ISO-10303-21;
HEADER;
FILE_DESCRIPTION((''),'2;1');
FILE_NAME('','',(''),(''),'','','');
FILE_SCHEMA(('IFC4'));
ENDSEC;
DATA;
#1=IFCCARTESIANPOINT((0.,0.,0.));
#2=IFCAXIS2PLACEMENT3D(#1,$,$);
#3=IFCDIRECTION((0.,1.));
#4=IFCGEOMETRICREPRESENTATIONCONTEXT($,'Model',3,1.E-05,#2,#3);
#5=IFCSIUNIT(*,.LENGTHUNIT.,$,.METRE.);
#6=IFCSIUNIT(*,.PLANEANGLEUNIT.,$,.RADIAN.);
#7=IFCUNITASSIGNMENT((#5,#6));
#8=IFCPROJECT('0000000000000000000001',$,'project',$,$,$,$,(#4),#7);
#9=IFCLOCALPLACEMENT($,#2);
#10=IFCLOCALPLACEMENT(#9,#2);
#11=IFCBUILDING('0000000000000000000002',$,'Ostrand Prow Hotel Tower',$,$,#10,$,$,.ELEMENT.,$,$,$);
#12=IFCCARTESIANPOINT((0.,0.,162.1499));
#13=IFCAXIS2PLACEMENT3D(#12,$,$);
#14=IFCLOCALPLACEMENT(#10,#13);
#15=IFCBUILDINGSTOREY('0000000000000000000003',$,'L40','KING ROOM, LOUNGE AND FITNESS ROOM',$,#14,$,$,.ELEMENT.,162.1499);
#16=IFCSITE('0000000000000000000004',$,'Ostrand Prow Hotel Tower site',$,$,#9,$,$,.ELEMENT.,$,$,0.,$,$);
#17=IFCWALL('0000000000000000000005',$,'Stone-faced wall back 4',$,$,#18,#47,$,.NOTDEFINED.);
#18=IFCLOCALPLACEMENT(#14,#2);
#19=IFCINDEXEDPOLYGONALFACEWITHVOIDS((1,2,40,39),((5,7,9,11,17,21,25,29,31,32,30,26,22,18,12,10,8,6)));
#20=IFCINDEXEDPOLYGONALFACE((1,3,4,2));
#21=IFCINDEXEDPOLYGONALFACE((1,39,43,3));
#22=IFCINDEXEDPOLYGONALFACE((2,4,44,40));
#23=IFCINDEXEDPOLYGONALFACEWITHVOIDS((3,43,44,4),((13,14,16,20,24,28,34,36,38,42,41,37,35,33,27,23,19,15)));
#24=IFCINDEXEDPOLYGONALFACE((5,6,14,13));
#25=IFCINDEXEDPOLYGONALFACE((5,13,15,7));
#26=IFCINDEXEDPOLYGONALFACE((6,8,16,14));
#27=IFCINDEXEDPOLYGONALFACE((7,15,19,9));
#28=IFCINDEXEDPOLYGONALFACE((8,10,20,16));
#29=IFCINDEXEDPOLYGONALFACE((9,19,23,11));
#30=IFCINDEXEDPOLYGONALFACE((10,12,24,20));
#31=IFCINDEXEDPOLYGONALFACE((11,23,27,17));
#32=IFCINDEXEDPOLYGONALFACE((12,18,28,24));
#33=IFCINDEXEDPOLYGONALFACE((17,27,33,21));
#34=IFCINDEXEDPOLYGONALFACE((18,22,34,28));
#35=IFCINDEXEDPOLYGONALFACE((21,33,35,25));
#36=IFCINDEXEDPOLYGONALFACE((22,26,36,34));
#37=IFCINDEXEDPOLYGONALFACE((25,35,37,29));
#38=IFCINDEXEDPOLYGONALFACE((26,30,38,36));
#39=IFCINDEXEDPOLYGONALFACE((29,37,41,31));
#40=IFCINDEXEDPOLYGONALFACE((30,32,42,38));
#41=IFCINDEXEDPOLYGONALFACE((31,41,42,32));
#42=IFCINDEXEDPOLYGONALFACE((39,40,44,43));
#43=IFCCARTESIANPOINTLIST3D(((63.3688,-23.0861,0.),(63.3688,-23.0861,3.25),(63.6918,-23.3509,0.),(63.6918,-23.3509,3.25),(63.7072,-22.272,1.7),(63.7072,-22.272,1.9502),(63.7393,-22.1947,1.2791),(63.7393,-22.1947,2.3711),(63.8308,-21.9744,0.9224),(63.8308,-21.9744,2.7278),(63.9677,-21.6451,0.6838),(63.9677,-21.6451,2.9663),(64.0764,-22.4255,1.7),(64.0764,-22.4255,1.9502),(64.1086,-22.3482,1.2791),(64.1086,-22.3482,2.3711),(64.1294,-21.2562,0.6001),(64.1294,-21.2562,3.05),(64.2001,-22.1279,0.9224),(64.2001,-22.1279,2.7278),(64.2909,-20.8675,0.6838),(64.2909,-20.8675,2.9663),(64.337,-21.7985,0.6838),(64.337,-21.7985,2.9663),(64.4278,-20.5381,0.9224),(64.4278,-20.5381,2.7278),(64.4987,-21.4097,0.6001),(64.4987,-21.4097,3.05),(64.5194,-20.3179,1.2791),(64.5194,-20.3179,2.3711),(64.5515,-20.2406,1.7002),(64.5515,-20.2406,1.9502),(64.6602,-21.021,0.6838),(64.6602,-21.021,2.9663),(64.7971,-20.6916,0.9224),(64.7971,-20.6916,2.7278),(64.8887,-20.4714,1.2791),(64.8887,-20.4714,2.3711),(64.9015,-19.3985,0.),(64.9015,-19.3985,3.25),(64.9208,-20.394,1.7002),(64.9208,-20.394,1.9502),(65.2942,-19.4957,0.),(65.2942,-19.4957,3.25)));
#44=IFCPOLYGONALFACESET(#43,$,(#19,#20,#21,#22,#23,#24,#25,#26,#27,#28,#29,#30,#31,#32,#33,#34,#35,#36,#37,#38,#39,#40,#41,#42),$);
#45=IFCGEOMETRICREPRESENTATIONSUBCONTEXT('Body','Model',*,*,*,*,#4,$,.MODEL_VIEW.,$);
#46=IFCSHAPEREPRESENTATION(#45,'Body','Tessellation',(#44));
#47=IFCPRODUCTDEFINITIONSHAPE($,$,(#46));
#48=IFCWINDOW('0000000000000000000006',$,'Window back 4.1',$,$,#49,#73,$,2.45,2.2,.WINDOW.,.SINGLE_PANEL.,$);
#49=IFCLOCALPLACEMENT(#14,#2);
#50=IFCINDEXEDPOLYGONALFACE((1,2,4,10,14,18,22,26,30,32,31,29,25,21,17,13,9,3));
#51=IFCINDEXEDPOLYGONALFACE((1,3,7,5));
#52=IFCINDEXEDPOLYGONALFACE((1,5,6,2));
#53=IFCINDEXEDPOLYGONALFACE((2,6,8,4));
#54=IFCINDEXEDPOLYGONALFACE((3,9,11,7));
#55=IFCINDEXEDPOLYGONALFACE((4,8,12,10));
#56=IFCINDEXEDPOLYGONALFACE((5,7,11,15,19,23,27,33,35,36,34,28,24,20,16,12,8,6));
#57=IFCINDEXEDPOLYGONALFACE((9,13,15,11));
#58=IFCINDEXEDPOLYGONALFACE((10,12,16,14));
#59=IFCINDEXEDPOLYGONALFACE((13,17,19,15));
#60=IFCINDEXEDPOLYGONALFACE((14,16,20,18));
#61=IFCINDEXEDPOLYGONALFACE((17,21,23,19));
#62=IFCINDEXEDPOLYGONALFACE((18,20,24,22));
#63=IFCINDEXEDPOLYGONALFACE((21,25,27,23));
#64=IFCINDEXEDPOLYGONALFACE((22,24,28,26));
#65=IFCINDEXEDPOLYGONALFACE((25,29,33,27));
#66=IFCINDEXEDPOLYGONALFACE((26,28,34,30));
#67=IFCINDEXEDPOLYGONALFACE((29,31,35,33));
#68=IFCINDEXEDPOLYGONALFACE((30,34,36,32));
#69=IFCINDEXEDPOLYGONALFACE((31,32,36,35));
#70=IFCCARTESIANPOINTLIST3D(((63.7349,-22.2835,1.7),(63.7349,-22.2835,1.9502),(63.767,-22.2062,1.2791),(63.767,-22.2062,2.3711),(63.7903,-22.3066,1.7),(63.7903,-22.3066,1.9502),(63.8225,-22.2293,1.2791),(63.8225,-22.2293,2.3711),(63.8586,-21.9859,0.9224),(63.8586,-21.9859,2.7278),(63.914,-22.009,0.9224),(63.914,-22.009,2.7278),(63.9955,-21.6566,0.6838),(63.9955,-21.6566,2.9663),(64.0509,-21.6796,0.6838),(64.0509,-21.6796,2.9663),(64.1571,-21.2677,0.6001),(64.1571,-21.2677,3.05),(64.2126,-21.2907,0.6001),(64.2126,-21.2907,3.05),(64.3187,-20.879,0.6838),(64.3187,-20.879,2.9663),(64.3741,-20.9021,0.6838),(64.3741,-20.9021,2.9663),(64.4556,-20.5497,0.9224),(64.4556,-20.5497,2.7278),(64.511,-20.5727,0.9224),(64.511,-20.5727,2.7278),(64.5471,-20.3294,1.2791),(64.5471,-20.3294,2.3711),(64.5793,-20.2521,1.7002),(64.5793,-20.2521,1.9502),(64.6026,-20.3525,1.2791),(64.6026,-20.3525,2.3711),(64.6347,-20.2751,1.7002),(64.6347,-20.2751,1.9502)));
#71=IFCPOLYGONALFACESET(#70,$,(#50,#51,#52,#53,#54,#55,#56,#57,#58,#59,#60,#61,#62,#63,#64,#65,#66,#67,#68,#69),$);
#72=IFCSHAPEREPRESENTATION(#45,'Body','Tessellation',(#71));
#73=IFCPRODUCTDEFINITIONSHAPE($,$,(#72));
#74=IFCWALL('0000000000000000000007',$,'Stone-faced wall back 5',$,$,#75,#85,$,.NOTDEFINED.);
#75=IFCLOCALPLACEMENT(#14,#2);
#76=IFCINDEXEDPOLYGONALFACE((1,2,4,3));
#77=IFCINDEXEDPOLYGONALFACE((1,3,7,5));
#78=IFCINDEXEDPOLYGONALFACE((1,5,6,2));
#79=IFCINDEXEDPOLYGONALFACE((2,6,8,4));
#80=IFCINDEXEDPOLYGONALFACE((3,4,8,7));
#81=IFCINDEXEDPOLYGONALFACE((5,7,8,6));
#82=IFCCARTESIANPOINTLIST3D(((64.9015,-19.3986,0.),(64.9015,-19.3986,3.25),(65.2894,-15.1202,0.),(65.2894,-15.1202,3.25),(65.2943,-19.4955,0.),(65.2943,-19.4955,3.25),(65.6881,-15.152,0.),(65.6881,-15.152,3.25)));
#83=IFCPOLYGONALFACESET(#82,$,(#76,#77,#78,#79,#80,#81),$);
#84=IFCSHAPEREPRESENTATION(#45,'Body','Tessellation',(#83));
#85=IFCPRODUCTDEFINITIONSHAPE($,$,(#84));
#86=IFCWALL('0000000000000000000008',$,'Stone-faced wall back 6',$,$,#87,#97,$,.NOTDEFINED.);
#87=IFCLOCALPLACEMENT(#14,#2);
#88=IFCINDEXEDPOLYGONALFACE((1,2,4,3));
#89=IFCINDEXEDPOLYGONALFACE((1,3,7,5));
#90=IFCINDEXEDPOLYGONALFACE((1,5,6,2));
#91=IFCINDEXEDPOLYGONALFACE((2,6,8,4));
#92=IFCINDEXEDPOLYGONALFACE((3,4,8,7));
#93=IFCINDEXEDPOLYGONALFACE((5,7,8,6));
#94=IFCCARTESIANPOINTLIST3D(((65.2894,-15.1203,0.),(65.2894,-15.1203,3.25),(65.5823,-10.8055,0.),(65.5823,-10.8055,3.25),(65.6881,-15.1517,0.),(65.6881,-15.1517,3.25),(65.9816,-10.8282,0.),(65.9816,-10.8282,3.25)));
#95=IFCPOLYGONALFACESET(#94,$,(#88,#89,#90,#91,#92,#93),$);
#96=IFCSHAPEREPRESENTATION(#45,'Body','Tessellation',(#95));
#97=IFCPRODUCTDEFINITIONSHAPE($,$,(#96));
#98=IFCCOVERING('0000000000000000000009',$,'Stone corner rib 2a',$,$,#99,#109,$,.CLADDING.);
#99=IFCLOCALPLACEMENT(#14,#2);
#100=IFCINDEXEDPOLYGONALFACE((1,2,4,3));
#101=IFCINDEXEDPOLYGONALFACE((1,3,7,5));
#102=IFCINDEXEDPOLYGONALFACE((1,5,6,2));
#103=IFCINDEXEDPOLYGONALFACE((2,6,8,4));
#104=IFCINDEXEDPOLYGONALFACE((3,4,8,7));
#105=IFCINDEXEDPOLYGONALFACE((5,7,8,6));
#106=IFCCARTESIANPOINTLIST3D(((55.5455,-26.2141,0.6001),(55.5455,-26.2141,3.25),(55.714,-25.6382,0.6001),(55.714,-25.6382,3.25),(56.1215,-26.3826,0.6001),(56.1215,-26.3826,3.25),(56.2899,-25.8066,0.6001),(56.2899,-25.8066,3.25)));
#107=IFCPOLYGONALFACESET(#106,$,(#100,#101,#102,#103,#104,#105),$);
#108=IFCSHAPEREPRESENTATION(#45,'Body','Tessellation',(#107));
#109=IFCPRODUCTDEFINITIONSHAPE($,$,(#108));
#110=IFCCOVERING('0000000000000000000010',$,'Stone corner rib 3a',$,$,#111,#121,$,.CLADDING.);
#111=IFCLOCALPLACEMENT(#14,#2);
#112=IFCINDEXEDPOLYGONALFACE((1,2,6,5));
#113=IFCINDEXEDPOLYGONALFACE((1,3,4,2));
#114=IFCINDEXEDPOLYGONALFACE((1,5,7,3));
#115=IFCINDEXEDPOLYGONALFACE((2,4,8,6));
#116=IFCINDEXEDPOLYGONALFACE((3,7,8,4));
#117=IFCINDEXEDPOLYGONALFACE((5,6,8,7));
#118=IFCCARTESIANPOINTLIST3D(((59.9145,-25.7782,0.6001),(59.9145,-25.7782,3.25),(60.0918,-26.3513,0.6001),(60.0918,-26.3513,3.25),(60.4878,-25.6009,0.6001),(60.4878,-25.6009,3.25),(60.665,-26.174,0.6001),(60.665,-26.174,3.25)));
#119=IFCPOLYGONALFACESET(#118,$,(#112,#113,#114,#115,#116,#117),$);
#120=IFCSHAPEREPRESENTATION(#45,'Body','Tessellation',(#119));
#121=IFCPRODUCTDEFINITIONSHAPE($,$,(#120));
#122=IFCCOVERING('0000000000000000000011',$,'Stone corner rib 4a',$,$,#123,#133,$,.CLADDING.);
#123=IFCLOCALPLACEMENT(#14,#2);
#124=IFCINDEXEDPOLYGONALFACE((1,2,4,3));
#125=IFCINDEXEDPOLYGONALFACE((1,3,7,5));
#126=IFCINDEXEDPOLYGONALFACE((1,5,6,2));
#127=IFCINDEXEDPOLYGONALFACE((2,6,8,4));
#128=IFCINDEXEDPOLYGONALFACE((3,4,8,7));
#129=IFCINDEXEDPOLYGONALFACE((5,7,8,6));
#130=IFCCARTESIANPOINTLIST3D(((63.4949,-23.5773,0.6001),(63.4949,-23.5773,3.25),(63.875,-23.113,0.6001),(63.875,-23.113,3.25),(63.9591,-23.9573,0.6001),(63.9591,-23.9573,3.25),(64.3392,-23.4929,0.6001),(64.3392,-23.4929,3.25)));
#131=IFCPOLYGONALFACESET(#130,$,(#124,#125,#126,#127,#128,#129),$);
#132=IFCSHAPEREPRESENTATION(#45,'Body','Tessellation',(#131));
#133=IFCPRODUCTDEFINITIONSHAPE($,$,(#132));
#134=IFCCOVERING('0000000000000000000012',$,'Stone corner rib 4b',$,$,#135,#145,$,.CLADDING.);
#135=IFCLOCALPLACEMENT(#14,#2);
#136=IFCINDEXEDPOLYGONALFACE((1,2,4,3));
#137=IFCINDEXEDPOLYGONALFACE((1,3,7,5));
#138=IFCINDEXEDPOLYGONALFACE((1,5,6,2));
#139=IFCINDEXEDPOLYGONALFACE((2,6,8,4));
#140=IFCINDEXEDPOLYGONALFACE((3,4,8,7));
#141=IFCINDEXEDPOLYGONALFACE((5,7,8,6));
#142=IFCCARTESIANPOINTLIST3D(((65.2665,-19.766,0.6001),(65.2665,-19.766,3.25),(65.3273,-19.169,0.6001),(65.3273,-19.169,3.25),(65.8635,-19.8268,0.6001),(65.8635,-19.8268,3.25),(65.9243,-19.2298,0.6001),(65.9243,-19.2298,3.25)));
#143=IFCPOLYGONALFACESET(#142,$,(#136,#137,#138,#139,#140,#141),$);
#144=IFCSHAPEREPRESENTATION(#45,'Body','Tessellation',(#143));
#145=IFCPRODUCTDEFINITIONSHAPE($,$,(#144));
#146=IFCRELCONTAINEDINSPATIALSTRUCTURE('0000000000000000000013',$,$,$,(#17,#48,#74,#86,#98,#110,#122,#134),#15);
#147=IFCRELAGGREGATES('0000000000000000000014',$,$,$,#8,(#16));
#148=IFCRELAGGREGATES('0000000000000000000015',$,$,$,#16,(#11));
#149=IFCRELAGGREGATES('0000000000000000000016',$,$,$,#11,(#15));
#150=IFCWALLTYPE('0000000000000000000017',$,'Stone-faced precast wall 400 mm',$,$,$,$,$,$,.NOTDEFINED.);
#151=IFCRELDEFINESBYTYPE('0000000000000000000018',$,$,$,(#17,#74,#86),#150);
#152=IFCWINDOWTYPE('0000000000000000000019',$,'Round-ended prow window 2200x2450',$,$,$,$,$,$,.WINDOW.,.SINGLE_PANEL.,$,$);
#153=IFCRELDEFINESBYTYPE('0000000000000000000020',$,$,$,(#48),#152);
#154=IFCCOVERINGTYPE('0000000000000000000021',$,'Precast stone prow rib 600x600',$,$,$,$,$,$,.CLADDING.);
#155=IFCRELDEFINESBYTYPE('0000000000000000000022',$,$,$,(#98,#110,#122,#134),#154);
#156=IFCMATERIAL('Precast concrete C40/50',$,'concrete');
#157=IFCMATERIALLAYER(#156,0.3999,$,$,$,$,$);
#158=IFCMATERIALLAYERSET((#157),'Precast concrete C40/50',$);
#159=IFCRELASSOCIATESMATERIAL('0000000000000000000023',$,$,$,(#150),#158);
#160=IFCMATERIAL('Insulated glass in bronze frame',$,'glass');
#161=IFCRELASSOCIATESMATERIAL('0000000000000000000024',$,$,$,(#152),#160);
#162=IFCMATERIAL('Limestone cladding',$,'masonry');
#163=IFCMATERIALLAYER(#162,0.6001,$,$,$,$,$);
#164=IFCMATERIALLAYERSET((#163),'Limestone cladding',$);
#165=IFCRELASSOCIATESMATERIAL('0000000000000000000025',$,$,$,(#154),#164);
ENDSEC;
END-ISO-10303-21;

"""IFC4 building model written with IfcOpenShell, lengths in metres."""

from ifc_helpers import new_model, si_unit, direction, frame, frame_2d, origin, place, context, subcontext, project, spatial, polyline, rectangle, outline, extrude, material, layer, layer_set, type_object, element, fill, save


model = new_model("IFC4")

# Units and contexts
model_context = context("Model", 3, precision=1e-05, world=origin(), true_north=direction((0.0, 1.0)))
body_context = subcontext(model_context, "Body", "Model", "MODEL_VIEW")
ifc_project = project(units=[si_unit("LENGTHUNIT", "METRE"), si_unit("PLANEANGLEUNIT", "RADIAN")], contexts=[model_context])

# Site, building, storey
site_placement = place(None, origin())
site = spatial("IfcSite", under=ifc_project, at=site_placement, Name="Ostrand Prow Hotel Tower site", CompositionType="ELEMENT", RefElevation=0.0)
building_placement = place(site_placement, origin())
building = spatial("IfcBuilding", under=site, at=building_placement, Name="Ostrand Prow Hotel Tower", CompositionType="ELEMENT")
storey_placement = place(building_placement, frame((0.0, 0.0, 162.1499)))
storey = spatial("IfcBuildingStorey", under=building, at=storey_placement, Name="L40", Description="KING ROOM, LOUNGE AND FITNESS ROOM", CompositionType="ELEMENT", Elevation=162.1499)

# Wall, opening, window
ifc_material_1 = material(Name="Precast concrete C40/50", Category="concrete")
ifc_layer_1 = layer(ifc_material_1, 0.3999)
ifc_layer_set_1 = layer_set([ifc_layer_1], Name="Precast concrete C40/50")
wall_type_1 = type_object("IfcWallType", Name="Stone-faced precast wall 400 mm", PredefinedType="NOTDEFINED", material=ifc_layer_set_1)
ifc_material_2 = material(Name="Insulated glass in bronze frame", Category="glass")
window_type = type_object("IfcWindowType", Name="Round-ended prow window 2200x2450", PartitioningType="SINGLE_PANEL", PredefinedType="WINDOW", material=ifc_material_2)
wall_1_placement = place(storey_placement, frame((63.5303, -23.2185, 0.0), z_axis=(0.0, 0.0, 1.0), x_axis=(0.383817, 0.923409, 0.0)))
wall_1 = element("IfcWall", 1, at=wall_1_placement, inside=storey, type_object=wall_type_1, Name="Stone-faced wall back 4", PredefinedType="NOTDEFINED", context=body_context, shape_type="SweptSolid", body=[
    extrude(outline(polyline([(-0.0603, -0.2), (4.1147, -0.2), (4.0537, 0.2), (0.0603, 0.2), (-0.0603, -0.2)])), origin(), (0.0, 0.0, 1.0), 3.25),
])
opening_1_placement = place(wall_1_placement, frame((0.9419, 0.0, 0.6001)))
opening_1 = element("IfcOpeningElement", 2, at=opening_1_placement, cuts=wall_1, PredefinedType="OPENING", context=body_context, shape_type="SweptSolid", body=[
    extrude(outline(polyline([(0.0, 1.3501), (0.0837, 1.771), (0.3223, 2.1277), (0.679, 2.3662), (1.1001, 2.45), (1.521, 2.3662), (1.8777, 2.1277), (2.1162, 1.771), (2.2, 1.3501), (2.2, 1.1001), (2.1162, 0.679), (1.8777, 0.3223), (1.521, 0.0837), (1.1001, 0.0), (0.679, 0.0837), (0.3223, 0.3223), (0.0837, 0.679), (0.0, 1.0999), (0.0, 1.3501)])), frame((0.0, 0.21, 0.0), z_axis=(0.0, -1.0, 0.0), x_axis=(1.0, 0.0, 0.0)), (0.0, 0.0, 1.0), 0.4199),
])
window_1_placement = place(opening_1_placement, origin())
window_1 = element("IfcWindow", 3, at=window_1_placement, inside=storey, type_object=window_type, Name="Window back 4.1", OverallHeight=2.45, OverallWidth=2.2, PartitioningType="SINGLE_PANEL", PredefinedType="WINDOW", context=body_context, shape_type="SweptSolid", body=[
    extrude(outline(polyline([(0.0, 1.3501), (0.0837, 1.771), (0.3223, 2.1277), (0.679, 2.3662), (1.1001, 2.45), (1.521, 2.3662), (1.8777, 2.1277), (2.1162, 1.771), (2.2, 1.3501), (2.2, 1.1001), (2.1162, 0.679), (1.8777, 0.3223), (1.521, 0.0837), (1.1001, 0.0), (0.679, 0.0837), (0.3223, 0.3223), (0.0837, 0.679), (0.0, 1.0999), (0.0, 1.3501)])), frame((0.0, 0.1699, 0.0), z_axis=(0.0, -1.0, 0.0), x_axis=(1.0, 0.0, 0.0)), (0.0, 0.0, 1.0), 0.0601),
])
fill(opening_1, window_1)

# Walls
wall_2_placement = place(storey_placement, frame((65.0979, -19.447, 0.0), z_axis=(0.0, 0.0, 1.0), x_axis=(0.090297, 0.995915, 0.0)))
element("IfcWall", 4, at=wall_2_placement, inside=storey, type_object=wall_type_1, Name="Stone-faced wall back 5", PredefinedType="NOTDEFINED", context=body_context, shape_type="SweptSolid", body=[
    extrude(outline(polyline([(-0.0305, -0.2), (4.3308, -0.2), (4.3264, 0.2), (0.0305, 0.2), (-0.0305, -0.2)])), origin(), (0.0, 0.0, 1.0), 3.25),
])
wall_3_placement = place(storey_placement, frame((65.4888, -15.136, 0.0), z_axis=(0.0, 0.0, 1.0), x_axis=(0.067732, 0.997704, 0.0)))
element("IfcWall", 5, at=wall_3_placement, inside=storey, type_object=wall_type_1, Name="Stone-faced wall back 6", PredefinedType="NOTDEFINED", context=body_context, shape_type="SweptSolid", body=[
    extrude(outline(polyline([(-0.0022, -0.2), (4.3313, -0.2), (4.3269, 0.2), (0.0022, 0.2), (-0.0022, -0.2)])), origin(), (0.0, 0.0, 1.0), 3.25),
])

# Coverings
ifc_material_3 = material(Name="Limestone cladding", Category="masonry")
ifc_layer_2 = layer(ifc_material_3, 0.6001)
ifc_layer_set_2 = layer_set([ifc_layer_2], Name="Limestone cladding")
covering_type = type_object("IfcCoveringType", Name="Precast stone prow rib 600x600", PredefinedType="CLADDING", material=ifc_layer_set_2)
covering_1_placement = place(storey_placement, frame((56.002, -25.7224, 0.6001), z_axis=(0.0, 0.0, 1.0), x_axis=(-0.280734, -0.959786, 0.0)))
element("IfcCovering", 6, at=covering_1_placement, inside=storey, type_object=covering_type, Name="Stone corner rib 2a", PredefinedType="CLADDING", context=body_context, shape_type="SweptSolid", body=[
    extrude(rectangle(XDim=0.6001, YDim=0.6001, at=frame_2d((0.3, 0.0))), origin(), (0.0, 0.0, 1.0), 2.6499),
])
for number, where, z_axis, x_axis, name in (
    (7, (60.2012, -25.6897, 0.6001), (0.0, 0.0, 1.0), (0.295516, -0.955338, 0.0), "Stone corner rib 3a"),
    (8, (63.6851, -23.3452, 0.6001), (0.0, 0.0, 1.0), (0.77383, -0.633393, 0.0), "Stone corner rib 4a"),
):
    element("IfcCovering", number, at=place(storey_placement, frame(where, z_axis=z_axis, x_axis=x_axis)), inside=storey, type_object=covering_type, Name=name, PredefinedType="CLADDING", context=body_context, shape_type="SweptSolid", body=[
        extrude(rectangle(XDim=0.5999, YDim=0.6001, at=frame_2d((0.2998, 0.0))), origin(), (0.0, 0.0, 1.0), 2.6499),
    ])
covering_2_placement = place(storey_placement, frame((65.2969, -19.4675, 0.6001), z_axis=(0.0, 0.0, 1.0), x_axis=(0.994854, -0.101316, 0.0)))
element("IfcCovering", 9, at=covering_2_placement, inside=storey, type_object=covering_type, Name="Stone corner rib 4b", PredefinedType="CLADDING", context=body_context, shape_type="SweptSolid", body=[
    extrude(rectangle(XDim=0.6001, YDim=0.6001, at=frame_2d((0.3, 0.0))), origin(), (0.0, 0.0, 1.0), 2.6499),
])

save(model, "model.ifc")
